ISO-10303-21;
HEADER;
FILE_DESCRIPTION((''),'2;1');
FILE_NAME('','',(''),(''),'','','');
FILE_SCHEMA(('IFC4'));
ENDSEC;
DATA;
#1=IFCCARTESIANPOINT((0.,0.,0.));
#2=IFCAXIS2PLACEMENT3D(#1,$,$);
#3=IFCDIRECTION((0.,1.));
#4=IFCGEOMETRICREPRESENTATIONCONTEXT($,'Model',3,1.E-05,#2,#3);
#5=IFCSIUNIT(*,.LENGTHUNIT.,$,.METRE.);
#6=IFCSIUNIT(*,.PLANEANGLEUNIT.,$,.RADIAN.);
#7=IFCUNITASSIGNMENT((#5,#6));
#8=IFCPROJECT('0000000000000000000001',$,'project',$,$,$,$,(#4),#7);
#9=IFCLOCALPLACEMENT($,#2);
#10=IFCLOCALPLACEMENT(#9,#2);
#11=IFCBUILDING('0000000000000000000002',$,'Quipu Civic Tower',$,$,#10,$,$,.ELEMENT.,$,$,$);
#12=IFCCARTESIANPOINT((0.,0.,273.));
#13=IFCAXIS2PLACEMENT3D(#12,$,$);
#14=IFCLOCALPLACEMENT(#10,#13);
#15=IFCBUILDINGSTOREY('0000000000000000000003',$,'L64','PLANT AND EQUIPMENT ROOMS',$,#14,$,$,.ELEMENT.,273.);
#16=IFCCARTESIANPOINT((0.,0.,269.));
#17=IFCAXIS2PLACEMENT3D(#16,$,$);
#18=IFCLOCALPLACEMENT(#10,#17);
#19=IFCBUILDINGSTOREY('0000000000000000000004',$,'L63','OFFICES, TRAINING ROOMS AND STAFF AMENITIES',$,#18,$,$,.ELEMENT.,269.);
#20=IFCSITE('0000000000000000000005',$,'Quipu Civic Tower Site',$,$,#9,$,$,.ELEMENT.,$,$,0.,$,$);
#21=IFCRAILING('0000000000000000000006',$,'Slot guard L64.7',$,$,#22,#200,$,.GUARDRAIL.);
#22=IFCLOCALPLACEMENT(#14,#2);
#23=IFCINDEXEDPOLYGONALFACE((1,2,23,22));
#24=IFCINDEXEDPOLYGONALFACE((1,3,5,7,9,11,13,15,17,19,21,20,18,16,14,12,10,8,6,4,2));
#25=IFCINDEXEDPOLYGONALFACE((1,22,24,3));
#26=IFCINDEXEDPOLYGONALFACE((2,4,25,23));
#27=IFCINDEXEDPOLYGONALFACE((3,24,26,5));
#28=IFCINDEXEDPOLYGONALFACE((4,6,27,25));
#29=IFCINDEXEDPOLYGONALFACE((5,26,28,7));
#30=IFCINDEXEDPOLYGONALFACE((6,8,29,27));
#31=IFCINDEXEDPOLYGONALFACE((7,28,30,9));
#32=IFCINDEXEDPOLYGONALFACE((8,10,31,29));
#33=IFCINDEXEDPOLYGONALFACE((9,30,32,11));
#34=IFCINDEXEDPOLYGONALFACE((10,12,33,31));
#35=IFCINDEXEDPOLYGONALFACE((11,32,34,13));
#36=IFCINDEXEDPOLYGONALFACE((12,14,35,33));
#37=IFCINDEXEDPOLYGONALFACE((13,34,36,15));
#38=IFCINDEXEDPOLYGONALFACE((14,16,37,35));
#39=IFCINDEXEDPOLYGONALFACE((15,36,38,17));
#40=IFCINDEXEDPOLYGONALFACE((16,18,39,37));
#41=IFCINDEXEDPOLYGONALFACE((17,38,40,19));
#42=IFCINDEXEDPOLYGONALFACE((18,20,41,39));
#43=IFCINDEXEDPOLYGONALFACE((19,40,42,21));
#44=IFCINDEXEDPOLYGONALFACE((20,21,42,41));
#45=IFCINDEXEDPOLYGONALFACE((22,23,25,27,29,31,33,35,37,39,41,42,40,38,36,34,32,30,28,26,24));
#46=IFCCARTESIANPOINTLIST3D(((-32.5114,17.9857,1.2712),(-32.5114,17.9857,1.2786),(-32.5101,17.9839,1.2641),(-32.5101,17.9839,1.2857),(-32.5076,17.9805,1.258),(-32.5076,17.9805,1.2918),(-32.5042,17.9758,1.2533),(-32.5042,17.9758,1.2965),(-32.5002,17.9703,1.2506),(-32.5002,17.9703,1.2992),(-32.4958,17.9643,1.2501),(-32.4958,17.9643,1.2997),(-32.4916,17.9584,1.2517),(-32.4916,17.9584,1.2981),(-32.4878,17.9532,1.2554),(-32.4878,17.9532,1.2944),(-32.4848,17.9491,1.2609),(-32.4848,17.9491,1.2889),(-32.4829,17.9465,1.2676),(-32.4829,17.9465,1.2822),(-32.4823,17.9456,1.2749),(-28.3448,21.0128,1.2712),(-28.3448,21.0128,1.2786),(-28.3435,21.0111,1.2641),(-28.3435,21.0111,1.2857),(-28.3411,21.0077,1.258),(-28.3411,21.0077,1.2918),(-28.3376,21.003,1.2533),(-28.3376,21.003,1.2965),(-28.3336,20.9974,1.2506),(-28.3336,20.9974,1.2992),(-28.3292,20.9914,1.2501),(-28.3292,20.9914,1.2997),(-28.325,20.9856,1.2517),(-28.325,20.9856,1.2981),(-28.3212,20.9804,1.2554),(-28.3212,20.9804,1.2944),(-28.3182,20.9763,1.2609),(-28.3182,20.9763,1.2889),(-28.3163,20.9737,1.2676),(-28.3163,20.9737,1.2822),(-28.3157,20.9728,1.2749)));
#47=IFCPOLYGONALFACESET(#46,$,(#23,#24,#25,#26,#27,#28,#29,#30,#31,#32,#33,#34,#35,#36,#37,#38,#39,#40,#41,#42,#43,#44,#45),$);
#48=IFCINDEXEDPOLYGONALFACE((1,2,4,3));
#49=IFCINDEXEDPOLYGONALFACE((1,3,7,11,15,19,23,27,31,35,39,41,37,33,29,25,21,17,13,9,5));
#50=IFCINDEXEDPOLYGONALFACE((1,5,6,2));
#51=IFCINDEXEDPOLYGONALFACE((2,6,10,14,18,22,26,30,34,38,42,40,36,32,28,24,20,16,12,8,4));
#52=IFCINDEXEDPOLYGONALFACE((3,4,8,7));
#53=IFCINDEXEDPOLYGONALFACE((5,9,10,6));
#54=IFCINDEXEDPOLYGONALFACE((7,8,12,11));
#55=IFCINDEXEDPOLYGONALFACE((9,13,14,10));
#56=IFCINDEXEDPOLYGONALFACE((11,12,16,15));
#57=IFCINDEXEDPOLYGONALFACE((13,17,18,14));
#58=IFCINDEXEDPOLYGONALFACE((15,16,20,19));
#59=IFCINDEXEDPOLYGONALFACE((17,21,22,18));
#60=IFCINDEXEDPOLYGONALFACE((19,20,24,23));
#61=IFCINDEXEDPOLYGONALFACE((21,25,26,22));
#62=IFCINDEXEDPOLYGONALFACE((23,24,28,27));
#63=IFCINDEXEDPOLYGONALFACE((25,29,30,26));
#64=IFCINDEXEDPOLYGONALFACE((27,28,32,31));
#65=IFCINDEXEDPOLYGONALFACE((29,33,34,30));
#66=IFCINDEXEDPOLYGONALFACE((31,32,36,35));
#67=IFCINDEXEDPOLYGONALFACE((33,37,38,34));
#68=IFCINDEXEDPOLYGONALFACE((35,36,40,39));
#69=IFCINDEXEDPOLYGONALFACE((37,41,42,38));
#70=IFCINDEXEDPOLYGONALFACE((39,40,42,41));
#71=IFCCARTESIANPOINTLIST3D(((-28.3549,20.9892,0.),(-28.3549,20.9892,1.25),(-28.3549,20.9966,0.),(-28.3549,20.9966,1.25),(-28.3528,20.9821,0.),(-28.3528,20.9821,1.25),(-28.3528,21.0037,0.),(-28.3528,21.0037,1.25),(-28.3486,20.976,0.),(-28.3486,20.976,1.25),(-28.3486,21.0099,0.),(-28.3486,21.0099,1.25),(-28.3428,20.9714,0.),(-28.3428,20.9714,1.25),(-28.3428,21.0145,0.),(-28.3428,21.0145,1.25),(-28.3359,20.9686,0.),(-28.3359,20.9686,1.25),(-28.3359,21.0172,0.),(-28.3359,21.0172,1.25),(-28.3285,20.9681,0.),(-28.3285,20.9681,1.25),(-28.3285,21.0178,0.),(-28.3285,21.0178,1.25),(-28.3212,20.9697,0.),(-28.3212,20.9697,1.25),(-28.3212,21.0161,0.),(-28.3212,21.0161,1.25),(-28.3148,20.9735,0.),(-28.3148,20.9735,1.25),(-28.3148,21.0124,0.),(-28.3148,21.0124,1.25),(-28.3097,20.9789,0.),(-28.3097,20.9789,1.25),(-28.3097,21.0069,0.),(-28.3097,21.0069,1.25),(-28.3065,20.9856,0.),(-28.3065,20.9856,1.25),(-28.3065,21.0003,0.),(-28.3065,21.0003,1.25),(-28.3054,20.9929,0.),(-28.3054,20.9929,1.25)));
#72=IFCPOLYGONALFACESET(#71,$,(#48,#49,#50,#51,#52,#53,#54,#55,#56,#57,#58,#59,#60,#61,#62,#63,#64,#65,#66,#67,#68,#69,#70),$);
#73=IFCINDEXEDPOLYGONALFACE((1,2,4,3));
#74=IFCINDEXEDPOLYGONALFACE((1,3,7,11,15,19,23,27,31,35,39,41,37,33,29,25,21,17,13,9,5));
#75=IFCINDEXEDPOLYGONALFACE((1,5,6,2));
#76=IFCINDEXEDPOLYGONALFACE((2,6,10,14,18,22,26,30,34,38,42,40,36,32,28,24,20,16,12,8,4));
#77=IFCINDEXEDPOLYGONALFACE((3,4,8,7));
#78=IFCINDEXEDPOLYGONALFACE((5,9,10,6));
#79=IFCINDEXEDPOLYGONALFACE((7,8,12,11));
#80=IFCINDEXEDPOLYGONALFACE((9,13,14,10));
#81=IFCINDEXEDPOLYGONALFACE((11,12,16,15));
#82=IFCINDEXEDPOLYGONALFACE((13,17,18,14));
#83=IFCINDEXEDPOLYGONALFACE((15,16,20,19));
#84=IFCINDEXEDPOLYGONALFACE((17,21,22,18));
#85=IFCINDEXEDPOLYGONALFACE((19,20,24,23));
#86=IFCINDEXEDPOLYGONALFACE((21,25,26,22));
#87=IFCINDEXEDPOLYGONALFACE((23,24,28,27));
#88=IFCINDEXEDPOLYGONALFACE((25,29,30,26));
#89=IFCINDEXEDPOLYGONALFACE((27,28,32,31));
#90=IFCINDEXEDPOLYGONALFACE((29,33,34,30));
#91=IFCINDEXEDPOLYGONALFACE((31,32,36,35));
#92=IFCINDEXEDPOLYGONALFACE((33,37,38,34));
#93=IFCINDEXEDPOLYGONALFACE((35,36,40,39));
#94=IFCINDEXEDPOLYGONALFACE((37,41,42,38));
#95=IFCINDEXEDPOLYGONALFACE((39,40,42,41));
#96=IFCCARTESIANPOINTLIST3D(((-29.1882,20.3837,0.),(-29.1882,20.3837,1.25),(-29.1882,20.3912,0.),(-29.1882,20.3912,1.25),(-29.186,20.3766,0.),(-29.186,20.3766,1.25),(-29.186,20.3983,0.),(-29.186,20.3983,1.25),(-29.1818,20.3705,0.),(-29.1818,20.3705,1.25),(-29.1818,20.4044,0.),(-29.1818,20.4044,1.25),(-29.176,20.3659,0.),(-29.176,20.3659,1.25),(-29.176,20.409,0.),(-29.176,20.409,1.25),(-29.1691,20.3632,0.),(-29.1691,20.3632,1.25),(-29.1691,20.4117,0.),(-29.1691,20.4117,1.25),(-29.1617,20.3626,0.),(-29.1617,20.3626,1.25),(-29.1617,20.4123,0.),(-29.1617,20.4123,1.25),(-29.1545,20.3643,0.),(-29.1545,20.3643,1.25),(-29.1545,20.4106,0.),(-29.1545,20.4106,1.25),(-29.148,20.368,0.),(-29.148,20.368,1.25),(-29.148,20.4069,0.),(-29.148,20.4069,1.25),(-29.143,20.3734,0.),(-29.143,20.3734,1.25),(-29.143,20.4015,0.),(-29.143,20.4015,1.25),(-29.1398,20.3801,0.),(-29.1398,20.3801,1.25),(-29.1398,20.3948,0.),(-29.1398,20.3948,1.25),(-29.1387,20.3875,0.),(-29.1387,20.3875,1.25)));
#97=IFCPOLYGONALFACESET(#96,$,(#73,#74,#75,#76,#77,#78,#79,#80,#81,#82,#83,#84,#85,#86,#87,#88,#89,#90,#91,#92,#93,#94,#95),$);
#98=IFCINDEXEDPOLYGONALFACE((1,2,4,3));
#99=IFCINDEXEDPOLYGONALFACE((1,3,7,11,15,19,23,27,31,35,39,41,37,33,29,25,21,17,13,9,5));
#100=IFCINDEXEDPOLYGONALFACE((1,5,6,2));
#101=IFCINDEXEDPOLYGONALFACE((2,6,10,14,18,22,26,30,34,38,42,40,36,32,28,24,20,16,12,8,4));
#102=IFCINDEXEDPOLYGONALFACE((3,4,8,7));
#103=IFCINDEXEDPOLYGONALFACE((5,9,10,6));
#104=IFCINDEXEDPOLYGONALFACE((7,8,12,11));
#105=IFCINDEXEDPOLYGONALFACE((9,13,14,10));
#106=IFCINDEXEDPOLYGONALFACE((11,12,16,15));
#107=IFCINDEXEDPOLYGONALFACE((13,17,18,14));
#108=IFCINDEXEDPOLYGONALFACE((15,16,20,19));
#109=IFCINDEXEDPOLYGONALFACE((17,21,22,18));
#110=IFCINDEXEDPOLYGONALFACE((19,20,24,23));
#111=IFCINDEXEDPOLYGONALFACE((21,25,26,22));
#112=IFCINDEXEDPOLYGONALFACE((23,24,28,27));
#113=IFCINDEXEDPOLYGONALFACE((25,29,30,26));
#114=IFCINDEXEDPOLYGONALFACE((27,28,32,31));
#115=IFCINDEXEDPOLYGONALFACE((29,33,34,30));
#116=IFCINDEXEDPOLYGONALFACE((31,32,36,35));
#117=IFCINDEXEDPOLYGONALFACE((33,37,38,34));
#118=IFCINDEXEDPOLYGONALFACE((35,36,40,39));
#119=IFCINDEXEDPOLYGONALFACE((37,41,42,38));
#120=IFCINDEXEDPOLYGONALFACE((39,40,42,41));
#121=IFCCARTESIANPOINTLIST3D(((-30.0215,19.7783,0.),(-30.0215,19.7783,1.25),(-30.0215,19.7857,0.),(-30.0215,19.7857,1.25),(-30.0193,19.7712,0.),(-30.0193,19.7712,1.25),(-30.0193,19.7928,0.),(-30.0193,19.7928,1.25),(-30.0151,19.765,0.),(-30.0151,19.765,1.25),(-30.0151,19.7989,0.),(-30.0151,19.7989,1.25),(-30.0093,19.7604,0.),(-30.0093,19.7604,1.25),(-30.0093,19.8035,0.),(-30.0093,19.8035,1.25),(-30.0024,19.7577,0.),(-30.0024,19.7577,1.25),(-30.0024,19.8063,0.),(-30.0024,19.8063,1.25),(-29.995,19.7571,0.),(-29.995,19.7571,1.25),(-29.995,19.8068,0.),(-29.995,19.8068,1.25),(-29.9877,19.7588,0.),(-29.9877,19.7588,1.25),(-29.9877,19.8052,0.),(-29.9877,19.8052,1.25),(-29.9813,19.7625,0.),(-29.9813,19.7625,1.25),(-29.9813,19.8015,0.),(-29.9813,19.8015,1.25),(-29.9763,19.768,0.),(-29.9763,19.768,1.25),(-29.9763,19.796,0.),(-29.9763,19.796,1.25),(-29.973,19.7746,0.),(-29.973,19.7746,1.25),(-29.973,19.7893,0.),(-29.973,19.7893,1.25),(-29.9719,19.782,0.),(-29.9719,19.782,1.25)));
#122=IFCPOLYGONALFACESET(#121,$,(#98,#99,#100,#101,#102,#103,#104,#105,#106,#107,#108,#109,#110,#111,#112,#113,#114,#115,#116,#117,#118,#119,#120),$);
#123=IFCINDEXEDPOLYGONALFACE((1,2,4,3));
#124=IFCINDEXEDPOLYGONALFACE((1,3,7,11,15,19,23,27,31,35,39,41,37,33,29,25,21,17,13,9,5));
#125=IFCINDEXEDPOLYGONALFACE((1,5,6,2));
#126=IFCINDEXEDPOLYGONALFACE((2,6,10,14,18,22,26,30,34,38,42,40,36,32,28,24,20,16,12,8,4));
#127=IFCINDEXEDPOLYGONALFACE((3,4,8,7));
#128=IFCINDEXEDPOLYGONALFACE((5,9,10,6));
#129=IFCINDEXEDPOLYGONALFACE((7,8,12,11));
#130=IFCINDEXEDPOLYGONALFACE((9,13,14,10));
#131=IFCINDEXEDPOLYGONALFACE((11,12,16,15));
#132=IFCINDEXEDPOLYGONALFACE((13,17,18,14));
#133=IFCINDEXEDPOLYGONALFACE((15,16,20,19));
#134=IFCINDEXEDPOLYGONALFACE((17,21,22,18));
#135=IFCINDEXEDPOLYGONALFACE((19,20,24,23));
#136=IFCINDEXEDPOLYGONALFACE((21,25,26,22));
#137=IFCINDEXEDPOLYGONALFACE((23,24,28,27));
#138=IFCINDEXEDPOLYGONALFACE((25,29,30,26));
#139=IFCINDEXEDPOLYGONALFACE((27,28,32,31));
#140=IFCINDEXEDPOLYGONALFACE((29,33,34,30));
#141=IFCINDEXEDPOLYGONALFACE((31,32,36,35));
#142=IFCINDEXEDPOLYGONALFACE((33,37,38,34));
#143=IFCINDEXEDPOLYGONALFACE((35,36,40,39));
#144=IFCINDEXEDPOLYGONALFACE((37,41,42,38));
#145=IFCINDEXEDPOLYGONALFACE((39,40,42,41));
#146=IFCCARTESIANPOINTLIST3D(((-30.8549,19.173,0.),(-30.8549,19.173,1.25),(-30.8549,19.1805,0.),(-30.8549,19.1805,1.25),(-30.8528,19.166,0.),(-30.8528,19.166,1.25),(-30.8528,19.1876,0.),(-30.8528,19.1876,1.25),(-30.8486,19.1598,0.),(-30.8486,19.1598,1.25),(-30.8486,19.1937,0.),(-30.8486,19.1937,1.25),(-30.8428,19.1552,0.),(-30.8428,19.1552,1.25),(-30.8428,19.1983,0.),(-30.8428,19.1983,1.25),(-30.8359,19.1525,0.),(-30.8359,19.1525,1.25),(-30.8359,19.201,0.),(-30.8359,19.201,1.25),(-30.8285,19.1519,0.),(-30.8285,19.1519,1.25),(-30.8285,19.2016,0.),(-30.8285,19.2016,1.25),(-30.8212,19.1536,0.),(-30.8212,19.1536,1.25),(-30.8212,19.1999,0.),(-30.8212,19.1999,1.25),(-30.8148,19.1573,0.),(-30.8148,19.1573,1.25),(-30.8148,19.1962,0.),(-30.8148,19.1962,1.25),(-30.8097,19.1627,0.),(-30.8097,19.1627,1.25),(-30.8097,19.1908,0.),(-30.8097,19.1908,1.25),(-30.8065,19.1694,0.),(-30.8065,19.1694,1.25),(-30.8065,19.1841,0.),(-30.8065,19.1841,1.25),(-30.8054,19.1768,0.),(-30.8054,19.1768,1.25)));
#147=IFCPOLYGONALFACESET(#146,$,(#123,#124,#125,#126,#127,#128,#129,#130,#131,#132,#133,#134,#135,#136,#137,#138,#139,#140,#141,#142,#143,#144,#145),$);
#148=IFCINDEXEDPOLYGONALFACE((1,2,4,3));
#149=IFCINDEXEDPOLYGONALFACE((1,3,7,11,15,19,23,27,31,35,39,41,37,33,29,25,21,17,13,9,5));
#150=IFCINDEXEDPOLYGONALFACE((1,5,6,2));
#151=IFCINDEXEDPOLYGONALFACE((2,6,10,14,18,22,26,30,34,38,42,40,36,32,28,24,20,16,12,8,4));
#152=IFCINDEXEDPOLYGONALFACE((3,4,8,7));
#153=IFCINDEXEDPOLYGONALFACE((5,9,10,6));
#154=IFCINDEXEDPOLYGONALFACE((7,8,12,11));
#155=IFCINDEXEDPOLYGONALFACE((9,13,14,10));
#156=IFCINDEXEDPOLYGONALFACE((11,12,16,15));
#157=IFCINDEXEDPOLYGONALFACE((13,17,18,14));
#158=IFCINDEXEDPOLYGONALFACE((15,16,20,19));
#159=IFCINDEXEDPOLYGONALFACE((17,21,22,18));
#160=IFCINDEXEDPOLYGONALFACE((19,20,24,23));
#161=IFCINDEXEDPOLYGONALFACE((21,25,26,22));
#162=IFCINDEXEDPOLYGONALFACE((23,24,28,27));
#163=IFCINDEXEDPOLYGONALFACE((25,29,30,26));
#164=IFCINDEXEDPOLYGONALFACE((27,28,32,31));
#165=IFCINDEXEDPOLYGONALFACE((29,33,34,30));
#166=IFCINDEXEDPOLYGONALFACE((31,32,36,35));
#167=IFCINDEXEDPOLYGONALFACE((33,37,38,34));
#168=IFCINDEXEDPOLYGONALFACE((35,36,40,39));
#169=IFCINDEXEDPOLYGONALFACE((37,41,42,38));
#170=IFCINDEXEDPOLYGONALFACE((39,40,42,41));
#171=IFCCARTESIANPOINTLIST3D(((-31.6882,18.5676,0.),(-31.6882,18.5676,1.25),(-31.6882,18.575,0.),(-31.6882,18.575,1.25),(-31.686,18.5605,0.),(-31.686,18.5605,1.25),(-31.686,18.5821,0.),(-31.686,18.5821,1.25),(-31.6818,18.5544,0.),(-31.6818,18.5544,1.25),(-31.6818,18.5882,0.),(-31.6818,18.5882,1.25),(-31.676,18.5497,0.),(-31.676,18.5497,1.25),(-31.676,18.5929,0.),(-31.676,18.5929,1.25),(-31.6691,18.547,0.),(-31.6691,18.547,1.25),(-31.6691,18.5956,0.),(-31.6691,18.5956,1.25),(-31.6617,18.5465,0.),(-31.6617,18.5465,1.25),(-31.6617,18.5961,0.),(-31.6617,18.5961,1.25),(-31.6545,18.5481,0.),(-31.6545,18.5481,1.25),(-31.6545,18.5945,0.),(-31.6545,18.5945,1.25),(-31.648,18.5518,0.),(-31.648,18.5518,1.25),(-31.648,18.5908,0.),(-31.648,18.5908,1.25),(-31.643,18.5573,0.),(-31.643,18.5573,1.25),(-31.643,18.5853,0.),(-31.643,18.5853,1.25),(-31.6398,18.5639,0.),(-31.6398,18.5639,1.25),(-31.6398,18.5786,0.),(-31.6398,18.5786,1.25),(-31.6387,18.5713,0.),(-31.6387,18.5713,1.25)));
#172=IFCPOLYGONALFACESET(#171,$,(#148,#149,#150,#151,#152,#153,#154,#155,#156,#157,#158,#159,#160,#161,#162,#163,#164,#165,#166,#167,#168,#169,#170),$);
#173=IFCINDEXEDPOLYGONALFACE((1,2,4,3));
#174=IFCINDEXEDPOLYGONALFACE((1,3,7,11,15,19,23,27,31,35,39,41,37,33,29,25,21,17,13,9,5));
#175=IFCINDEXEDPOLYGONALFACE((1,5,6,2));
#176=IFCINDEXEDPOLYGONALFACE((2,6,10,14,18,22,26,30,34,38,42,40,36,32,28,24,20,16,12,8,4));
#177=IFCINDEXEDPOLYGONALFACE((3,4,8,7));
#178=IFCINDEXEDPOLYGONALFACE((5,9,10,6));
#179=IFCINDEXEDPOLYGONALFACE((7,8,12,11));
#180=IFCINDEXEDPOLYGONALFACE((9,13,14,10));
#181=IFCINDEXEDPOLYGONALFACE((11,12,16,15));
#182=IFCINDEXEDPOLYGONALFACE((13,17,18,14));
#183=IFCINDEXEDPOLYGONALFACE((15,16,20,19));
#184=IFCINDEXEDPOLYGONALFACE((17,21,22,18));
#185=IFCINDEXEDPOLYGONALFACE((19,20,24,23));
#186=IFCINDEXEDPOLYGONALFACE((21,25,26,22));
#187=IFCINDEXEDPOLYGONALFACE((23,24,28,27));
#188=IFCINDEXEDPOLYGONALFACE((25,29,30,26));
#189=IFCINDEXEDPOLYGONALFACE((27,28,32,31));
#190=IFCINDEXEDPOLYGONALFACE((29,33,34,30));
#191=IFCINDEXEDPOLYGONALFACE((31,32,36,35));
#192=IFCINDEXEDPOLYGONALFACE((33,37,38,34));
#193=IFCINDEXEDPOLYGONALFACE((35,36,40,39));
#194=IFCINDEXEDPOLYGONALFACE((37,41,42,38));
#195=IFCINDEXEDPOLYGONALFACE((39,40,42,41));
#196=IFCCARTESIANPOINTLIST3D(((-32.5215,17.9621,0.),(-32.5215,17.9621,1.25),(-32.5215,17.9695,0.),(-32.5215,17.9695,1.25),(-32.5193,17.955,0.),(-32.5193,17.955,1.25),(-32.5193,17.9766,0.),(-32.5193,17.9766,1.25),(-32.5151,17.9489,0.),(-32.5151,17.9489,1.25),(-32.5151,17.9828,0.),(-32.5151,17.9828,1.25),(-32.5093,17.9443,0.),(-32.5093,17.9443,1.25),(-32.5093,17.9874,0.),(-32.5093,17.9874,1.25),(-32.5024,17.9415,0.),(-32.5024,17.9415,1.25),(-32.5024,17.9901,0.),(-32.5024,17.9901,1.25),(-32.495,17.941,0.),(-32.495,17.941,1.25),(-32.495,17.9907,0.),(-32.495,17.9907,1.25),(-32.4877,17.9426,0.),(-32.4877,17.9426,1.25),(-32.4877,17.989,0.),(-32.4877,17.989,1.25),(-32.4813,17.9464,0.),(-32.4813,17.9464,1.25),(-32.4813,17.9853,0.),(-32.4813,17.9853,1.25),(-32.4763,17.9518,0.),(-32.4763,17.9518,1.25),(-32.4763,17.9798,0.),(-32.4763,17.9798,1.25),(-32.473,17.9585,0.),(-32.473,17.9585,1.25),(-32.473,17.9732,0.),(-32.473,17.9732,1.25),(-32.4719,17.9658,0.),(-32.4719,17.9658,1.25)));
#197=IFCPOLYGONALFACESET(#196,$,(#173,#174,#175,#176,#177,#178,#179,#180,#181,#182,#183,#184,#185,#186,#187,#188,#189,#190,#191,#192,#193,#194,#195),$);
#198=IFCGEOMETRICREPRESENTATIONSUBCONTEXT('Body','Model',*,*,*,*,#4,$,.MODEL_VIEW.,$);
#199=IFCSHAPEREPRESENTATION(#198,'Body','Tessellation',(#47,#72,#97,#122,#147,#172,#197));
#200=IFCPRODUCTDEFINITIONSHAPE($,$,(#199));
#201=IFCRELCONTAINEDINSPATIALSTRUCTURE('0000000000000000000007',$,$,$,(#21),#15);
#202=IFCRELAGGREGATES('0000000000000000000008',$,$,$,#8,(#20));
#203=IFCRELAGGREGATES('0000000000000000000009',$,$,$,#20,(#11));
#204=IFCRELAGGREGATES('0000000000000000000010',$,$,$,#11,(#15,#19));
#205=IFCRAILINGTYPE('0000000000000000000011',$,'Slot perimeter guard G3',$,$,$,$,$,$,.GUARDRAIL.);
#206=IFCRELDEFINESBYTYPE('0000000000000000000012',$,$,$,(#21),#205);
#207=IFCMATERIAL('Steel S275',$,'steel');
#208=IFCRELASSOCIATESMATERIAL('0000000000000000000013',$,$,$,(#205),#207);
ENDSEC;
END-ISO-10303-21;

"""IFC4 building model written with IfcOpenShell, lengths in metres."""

from ifc_helpers import new_model, si_unit, direction, frame, origin, origin_2d, place, context, subcontext, project, spatial, circle, extrude, material, type_object, element, save


model = new_model("IFC4")

# Units and contexts
model_context = context("Model", 3, precision=1e-05, world=origin(), true_north=direction((0.0, 1.0)))
body_context = subcontext(model_context, "Body", "Model", "MODEL_VIEW")
ifc_project = project(units=[si_unit("LENGTHUNIT", "METRE"), si_unit("PLANEANGLEUNIT", "RADIAN")], contexts=[model_context])

# Site, building, storey
site_placement = place(None, origin())
site = spatial("IfcSite", under=ifc_project, at=site_placement, Name="Quipu Civic Tower Site", CompositionType="ELEMENT", RefElevation=0.0)
building_placement = place(site_placement, origin())
building = spatial("IfcBuilding", under=site, at=building_placement, Name="Quipu Civic Tower", CompositionType="ELEMENT")
storey_1_placement = place(building_placement, frame((0.0, 0.0, 273.0)))
storey_1 = spatial("IfcBuildingStorey", under=building, at=storey_1_placement, Name="L64", Description="PLANT AND EQUIPMENT ROOMS", CompositionType="ELEMENT", Elevation=273.0)

# Shared definitions
storey_2_placement = place(building_placement, frame((0.0, 0.0, 269.0)))
storey_2 = spatial("IfcBuildingStorey", under=building, at=storey_2_placement, Name="L63", Description="OFFICES, TRAINING ROOMS AND STAFF AMENITIES", CompositionType="ELEMENT", Elevation=269.0)

# Railing
ifc_material_1 = material(Name="Steel S275", Category="steel")
railing_type = type_object("IfcRailingType", Name="Slot perimeter guard G3", PredefinedType="GUARDRAIL", material=ifc_material_1)
for number, where, name in (
    (1, (-28.3303, 20.9929, 0.0), "Slot guard L64.7"),
):
    element("IfcRailing", number, at=place(storey_1_placement, frame(where)), inside=storey_1, type_object=railing_type, Name=name, PredefinedType="GUARDRAIL", context=body_context, shape_type="SweptSolid", body=[
        extrude(circle(Radius=0.0249, at=origin_2d()), frame((0.0, 0.0, 1.2749), z_axis=(-0.809021, -0.58778, 0.0), x_axis=(0.58778, -0.809021, 0.0)), (0.0, 0.0, 1.0), 5.1501),
        extrude(circle(Radius=0.0249, at=origin_2d()), origin(), (0.0, 0.0, 1.0), 1.25),
        extrude(circle(Radius=0.0249, at=origin_2d()), frame((-0.8333, -0.6055, 0.0)), (0.0, 0.0, 1.0), 1.25),
        extrude(circle(Radius=0.0249, at=origin_2d()), frame((-1.6665, -1.2109, 0.0)), (0.0, 0.0, 1.0), 1.25),
        extrude(circle(Radius=0.0249, at=origin_2d()), frame((-2.5, -1.8162, 0.0)), (0.0, 0.0, 1.0), 1.25),
        extrude(circle(Radius=0.0249, at=origin_2d()), frame((-3.3333, -2.4216, 0.0)), (0.0, 0.0, 1.0), 1.25),
        extrude(circle(Radius=0.0249, at=origin_2d()), frame((-4.1665, -3.0271, 0.0)), (0.0, 0.0, 1.0), 1.25),
    ])

save(model, "model.ifc")
